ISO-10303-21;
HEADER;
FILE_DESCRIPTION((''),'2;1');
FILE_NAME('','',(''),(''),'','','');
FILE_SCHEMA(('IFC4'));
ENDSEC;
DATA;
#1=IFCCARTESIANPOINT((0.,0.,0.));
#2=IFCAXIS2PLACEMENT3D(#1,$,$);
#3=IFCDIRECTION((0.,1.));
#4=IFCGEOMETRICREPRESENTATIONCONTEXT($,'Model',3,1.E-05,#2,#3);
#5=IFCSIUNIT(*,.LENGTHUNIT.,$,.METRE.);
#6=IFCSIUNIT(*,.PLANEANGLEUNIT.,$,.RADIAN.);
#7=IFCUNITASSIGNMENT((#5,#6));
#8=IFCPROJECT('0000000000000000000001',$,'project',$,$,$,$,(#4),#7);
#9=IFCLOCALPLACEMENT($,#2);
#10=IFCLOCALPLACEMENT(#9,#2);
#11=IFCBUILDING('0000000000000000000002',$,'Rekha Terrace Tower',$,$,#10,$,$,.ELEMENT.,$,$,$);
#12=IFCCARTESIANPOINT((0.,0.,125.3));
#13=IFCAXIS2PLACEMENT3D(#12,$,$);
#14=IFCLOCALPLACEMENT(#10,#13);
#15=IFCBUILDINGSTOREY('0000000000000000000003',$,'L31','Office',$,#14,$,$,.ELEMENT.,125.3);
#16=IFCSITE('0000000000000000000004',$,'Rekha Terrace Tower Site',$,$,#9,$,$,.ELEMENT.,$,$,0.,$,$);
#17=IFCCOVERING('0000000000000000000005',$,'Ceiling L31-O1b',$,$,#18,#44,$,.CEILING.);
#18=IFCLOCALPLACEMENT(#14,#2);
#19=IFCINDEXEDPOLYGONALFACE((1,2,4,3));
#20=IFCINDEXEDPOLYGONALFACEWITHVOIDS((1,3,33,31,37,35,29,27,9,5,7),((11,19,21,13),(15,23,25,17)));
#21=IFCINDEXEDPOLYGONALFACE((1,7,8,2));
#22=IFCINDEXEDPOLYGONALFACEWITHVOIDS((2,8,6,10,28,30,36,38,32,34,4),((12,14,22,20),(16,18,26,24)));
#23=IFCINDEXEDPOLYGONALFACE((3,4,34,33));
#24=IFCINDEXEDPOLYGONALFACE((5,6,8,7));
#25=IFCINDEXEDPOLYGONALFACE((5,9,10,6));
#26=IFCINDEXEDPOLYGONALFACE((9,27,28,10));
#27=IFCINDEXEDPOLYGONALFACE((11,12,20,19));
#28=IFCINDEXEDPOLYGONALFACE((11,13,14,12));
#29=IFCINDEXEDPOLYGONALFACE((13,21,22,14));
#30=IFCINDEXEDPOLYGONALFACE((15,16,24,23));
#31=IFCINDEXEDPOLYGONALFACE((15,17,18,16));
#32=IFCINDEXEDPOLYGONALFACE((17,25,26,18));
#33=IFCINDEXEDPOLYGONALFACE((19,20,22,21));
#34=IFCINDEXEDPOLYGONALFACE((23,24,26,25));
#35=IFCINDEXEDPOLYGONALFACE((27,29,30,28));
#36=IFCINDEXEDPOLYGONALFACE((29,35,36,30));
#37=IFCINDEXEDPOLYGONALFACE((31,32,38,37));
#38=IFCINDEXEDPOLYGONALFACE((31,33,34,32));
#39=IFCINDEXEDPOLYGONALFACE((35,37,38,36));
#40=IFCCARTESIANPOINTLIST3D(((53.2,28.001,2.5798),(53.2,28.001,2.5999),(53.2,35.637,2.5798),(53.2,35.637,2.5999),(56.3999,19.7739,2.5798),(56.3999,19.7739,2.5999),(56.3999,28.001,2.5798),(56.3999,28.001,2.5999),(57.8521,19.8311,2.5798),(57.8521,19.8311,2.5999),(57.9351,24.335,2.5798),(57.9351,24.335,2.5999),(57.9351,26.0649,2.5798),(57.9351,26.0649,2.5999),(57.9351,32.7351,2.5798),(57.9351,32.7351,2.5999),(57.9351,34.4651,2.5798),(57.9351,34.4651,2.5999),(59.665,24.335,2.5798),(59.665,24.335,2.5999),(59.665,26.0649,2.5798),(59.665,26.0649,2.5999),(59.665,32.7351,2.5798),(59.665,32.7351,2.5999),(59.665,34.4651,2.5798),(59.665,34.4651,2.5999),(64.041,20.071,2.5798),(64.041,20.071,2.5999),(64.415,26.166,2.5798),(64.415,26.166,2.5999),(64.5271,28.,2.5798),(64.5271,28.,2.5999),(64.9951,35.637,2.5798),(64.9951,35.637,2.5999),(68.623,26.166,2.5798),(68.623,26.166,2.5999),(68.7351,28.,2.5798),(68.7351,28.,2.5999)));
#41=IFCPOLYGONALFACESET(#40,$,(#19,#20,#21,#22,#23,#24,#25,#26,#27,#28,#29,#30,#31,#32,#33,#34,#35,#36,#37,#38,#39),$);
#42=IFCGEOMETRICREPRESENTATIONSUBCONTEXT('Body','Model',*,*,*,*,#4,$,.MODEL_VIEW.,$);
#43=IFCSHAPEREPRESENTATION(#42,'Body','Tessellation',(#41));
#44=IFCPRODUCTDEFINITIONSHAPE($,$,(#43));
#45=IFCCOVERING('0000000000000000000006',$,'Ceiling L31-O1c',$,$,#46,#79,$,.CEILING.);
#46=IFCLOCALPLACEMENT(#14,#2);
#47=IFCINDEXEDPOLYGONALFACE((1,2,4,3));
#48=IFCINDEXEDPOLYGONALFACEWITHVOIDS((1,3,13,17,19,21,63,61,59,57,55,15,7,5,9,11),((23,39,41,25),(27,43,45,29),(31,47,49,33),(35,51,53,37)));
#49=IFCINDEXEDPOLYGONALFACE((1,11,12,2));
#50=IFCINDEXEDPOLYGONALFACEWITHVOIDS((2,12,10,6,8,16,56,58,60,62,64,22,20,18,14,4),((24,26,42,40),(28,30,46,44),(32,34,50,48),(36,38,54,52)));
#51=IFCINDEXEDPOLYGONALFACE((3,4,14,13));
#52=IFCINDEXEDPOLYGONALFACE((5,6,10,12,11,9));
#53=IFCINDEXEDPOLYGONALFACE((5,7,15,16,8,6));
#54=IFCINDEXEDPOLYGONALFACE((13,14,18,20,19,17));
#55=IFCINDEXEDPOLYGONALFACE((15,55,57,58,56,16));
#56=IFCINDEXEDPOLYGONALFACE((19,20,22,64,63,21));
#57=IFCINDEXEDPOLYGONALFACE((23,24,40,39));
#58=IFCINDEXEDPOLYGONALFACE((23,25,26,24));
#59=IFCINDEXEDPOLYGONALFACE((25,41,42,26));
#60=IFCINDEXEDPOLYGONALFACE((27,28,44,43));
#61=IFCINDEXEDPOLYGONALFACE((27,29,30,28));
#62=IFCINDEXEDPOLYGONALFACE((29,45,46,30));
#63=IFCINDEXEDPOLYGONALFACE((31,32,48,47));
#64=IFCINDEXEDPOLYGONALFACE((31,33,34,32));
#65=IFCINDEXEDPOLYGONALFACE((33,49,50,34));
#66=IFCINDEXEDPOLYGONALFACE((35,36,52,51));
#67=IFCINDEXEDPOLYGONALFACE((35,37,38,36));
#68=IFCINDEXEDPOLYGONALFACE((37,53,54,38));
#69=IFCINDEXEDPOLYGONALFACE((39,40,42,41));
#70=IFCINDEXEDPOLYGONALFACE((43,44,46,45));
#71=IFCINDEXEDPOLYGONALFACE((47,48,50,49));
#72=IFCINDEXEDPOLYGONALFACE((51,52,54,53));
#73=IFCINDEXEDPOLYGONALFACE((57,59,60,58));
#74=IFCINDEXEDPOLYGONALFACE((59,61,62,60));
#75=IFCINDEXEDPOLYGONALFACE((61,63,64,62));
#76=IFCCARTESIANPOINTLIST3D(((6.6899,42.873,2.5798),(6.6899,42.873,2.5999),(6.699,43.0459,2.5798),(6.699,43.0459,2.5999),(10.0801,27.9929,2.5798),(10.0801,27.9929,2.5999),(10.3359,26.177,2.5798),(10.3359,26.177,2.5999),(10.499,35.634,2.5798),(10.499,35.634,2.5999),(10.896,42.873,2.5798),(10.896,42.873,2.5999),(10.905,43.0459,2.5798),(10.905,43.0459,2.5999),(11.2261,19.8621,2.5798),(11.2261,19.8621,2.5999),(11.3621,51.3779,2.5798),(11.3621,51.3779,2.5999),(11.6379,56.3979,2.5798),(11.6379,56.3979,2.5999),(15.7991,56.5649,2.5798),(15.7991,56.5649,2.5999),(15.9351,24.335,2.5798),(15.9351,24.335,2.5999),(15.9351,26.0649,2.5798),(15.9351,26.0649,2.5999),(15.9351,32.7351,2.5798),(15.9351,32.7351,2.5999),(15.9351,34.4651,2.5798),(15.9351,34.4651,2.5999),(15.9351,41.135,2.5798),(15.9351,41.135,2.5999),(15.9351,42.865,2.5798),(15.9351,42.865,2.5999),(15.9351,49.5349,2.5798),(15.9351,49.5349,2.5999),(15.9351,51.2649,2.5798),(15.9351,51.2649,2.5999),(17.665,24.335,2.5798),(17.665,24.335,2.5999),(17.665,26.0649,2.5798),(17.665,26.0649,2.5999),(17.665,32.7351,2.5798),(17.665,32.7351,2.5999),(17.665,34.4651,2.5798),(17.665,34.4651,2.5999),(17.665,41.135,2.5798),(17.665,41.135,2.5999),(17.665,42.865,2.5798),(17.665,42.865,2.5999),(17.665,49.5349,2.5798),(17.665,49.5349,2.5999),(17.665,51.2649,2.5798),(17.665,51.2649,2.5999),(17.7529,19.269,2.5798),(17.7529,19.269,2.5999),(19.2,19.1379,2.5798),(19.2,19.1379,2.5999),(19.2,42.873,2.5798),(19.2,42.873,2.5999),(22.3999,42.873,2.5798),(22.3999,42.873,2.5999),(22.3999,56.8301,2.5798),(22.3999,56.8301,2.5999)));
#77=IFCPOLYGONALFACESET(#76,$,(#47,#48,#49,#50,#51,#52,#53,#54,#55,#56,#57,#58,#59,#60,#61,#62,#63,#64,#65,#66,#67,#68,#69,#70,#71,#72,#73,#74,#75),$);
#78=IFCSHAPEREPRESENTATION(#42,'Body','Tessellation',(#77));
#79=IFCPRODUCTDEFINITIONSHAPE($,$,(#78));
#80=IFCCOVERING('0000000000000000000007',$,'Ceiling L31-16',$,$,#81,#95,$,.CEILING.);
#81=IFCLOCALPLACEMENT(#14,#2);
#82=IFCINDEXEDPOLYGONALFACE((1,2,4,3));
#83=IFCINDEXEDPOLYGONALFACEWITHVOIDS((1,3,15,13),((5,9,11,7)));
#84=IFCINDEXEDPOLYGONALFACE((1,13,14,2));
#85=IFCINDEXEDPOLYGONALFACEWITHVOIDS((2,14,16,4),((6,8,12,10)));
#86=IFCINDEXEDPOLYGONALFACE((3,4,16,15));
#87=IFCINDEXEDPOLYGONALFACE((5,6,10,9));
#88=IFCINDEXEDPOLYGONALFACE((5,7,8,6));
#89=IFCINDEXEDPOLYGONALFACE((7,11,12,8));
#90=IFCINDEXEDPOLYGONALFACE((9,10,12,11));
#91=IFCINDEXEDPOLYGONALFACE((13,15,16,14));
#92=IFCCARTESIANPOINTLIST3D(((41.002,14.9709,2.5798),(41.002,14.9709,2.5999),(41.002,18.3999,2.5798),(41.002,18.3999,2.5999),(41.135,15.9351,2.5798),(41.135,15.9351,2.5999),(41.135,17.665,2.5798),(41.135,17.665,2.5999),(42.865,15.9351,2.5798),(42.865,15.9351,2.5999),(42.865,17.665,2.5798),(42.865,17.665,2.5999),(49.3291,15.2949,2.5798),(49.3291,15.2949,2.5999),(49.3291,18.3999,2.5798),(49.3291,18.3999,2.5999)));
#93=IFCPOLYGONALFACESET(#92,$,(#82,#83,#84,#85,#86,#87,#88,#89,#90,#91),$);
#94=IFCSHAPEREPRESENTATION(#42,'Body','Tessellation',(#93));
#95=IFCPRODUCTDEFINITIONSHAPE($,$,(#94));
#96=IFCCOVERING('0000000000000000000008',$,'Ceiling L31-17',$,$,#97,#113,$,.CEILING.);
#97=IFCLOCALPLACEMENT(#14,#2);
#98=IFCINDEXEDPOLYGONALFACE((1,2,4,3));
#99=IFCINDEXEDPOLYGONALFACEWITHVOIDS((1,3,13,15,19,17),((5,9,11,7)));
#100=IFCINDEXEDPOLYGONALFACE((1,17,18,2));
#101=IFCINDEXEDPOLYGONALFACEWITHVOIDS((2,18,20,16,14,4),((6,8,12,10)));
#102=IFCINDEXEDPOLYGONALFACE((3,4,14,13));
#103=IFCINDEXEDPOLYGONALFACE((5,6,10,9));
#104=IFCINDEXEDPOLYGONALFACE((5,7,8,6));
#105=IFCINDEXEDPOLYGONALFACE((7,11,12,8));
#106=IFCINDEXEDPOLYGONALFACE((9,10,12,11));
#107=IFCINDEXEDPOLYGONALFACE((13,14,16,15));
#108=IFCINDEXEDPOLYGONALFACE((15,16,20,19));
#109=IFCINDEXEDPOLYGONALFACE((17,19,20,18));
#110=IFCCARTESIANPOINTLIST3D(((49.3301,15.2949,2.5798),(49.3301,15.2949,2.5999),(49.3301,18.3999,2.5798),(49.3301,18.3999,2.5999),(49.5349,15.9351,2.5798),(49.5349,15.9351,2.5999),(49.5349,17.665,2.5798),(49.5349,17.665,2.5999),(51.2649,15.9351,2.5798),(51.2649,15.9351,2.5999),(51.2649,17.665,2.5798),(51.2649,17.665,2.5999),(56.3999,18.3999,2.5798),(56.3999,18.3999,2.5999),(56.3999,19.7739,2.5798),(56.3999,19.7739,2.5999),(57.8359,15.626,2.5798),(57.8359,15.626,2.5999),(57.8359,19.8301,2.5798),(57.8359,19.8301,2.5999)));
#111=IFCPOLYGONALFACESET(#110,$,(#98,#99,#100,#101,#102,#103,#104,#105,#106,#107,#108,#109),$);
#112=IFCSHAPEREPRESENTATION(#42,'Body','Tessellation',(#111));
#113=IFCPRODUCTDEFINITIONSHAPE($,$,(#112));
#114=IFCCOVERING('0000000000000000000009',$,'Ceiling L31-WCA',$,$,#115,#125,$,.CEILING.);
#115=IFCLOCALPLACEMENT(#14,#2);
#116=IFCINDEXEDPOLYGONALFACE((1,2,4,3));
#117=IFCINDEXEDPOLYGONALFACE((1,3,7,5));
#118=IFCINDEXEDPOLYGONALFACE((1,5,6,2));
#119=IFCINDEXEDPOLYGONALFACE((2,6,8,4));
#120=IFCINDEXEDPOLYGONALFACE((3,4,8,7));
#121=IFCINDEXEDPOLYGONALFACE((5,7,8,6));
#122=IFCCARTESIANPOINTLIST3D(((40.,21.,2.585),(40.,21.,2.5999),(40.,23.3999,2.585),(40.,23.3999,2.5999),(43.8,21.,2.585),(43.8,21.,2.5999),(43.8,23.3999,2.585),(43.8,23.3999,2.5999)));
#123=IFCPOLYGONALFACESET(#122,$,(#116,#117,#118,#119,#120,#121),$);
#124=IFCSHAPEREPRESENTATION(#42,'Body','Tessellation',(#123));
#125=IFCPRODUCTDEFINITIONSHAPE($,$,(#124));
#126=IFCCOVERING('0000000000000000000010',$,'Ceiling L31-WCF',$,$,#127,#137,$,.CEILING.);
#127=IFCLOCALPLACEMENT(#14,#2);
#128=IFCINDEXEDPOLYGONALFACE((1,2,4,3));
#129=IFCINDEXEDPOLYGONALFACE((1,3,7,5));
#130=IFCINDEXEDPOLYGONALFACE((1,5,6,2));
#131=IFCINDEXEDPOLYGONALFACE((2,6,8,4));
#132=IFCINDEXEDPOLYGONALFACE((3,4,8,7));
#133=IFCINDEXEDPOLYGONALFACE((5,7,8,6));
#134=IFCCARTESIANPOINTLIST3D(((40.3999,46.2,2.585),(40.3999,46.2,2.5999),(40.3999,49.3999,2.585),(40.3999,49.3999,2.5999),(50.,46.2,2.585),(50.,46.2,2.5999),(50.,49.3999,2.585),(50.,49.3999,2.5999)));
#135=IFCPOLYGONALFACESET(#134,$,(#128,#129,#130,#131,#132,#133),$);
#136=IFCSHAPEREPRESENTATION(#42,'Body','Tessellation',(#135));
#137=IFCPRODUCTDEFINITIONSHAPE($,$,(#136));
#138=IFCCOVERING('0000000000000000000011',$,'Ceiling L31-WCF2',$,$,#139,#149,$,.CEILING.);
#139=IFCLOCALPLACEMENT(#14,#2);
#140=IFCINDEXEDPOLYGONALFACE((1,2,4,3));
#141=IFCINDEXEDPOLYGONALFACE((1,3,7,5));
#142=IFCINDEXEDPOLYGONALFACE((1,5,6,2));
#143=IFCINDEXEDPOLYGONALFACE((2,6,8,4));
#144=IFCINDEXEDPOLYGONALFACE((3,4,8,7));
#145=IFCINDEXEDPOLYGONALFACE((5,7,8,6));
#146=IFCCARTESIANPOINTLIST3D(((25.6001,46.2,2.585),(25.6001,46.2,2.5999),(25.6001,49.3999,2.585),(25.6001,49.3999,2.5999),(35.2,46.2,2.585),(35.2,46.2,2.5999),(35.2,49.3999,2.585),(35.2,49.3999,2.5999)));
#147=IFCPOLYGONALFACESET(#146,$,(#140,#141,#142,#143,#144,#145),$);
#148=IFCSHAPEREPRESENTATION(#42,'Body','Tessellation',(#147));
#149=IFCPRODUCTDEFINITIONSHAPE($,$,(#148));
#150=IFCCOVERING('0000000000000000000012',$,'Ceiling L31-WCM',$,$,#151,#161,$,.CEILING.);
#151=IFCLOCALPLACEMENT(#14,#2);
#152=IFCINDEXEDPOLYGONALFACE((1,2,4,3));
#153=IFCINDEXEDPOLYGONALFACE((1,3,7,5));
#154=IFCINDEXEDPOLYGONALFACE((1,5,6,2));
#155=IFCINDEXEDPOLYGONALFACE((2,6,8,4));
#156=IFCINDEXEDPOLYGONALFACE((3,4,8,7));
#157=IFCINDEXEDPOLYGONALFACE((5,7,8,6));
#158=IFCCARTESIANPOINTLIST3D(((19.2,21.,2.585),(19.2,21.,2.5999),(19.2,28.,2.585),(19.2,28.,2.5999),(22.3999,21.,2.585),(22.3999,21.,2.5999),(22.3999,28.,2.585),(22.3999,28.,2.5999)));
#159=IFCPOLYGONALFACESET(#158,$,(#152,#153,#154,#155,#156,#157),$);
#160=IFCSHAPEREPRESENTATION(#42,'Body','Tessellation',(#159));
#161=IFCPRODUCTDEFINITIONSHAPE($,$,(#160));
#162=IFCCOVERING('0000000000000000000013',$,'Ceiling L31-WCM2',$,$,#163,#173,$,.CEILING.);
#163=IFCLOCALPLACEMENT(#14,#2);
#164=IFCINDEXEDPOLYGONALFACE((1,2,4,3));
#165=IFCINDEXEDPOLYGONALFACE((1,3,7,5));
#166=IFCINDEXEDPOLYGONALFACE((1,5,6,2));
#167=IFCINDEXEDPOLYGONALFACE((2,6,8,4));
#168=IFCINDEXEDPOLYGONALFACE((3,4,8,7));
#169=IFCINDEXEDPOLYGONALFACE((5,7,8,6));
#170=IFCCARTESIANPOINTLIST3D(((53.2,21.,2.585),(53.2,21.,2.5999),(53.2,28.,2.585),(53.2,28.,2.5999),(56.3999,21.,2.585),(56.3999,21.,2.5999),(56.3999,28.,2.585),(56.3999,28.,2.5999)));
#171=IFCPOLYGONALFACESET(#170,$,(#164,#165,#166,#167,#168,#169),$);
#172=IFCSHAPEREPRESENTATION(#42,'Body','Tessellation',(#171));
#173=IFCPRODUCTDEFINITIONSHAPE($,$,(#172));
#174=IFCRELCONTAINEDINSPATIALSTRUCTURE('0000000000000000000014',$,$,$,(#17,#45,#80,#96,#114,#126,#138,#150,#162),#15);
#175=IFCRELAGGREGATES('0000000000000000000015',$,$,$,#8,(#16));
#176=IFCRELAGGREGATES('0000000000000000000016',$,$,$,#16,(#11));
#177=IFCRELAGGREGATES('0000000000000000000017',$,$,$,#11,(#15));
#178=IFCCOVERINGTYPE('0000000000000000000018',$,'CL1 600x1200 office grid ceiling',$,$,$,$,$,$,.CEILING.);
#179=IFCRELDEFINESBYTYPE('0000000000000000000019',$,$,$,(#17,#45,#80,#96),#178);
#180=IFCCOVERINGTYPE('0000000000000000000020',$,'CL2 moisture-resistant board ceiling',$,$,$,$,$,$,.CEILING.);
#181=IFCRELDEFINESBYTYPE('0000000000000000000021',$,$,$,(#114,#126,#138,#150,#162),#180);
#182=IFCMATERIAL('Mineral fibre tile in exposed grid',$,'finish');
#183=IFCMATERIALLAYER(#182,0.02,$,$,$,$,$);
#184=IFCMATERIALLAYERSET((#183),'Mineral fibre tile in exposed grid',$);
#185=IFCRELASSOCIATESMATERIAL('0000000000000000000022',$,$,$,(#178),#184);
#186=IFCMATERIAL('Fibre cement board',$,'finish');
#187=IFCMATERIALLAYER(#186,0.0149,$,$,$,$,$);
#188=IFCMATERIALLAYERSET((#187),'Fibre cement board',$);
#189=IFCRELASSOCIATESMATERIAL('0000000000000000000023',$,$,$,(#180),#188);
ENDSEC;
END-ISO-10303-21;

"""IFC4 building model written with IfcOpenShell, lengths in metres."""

from ifc_helpers import new_model, si_unit, direction, frame, origin, place, context, subcontext, project, spatial, polyline, outline, extrude, material, layer, layer_set, type_object, element, save


model = new_model("IFC4")

# Units and contexts
model_context = context("Model", 3, precision=1e-05, world=origin(), true_north=direction((0.0, 1.0)))
body_context = subcontext(model_context, "Body", "Model", "MODEL_VIEW")
ifc_project = project(units=[si_unit("LENGTHUNIT", "METRE"), si_unit("PLANEANGLEUNIT", "RADIAN")], contexts=[model_context])

# Site, building, storey
site_placement = place(None, origin())
site = spatial("IfcSite", under=ifc_project, at=site_placement, Name="Rekha Terrace Tower Site", CompositionType="ELEMENT", RefElevation=0.0)
building_placement = place(site_placement, origin())
building = spatial("IfcBuilding", under=site, at=building_placement, Name="Rekha Terrace Tower", CompositionType="ELEMENT")
storey_placement = place(building_placement, frame((0.0, 0.0, 125.3)))
storey = spatial("IfcBuildingStorey", under=building, at=storey_placement, Name="L31", Description="Office", CompositionType="ELEMENT", Elevation=125.3)

# Coverings
ifc_material_1 = material(Name="Mineral fibre tile in exposed grid", Category="finish")
ifc_layer_1 = layer(ifc_material_1, 0.02)
ifc_layer_set_1 = layer_set([ifc_layer_1], Name="Mineral fibre tile in exposed grid")
covering_type_1 = type_object("IfcCoveringType", Name="CL1 600x1200 office grid ceiling", PredefinedType="CEILING", material=ifc_layer_set_1)
covering_1_placement = place(storey_placement, frame((0.0, 0.0, 2.5798)))
element("IfcCovering", 1, at=covering_1_placement, inside=storey, type_object=covering_type_1, Name="Ceiling L31-O1b", PredefinedType="CEILING", context=body_context, shape_type="SweptSolid", body=[
    extrude(outline(polyline([(64.9951, 35.637), (53.2, 35.637), (53.2, 28.001), (56.3999, 28.001), (56.3999, 19.7739), (57.8521, 19.8311), (64.041, 20.071), (64.415, 26.166), (68.623, 26.166), (68.7351, 28.0), (64.5271, 28.0), (64.9951, 35.637)]), holes=[polyline([(59.665, 26.0649), (59.665, 24.335), (57.9351, 24.335), (57.9351, 26.0649), (59.665, 26.0649)]), polyline([(59.665, 32.7351), (57.9351, 32.7351), (57.9351, 34.4651), (59.665, 34.4651), (59.665, 32.7351)])]), origin(), (0.0, 0.0, 1.0), 0.02),
])
covering_2_placement = place(storey_placement, frame((0.0, 0.0, 2.5798)))
element("IfcCovering", 2, at=covering_2_placement, inside=storey, type_object=covering_type_1, Name="Ceiling L31-O1c", PredefinedType="CEILING", context=body_context, shape_type="SweptSolid", body=[
    extrude(outline(polyline([(10.0801, 27.9929), (10.3359, 26.177), (11.2261, 19.8621), (17.7529, 19.269), (19.2, 19.1379), (19.2, 42.873), (22.3999, 42.873), (22.3999, 56.8301), (15.7991, 56.5649), (11.6379, 56.3979), (11.3621, 51.3779), (10.905, 43.0459), (6.699, 43.0459), (6.6899, 42.873), (10.896, 42.873), (10.499, 35.634), (10.0801, 27.9929)]), holes=[polyline([(17.665, 26.0649), (17.665, 24.335), (15.9351, 24.335), (15.9351, 26.0649), (17.665, 26.0649)]), polyline([(17.665, 34.4651), (17.665, 32.7351), (15.9351, 32.7351), (15.9351, 34.4651), (17.665, 34.4651)]), polyline([(17.665, 41.135), (15.9351, 41.135), (15.9351, 42.865), (17.665, 42.865), (17.665, 41.135)]), polyline([(17.665, 49.5349), (15.9351, 49.5349), (15.9351, 51.2649), (17.665, 51.2649), (17.665, 49.5349)])]), origin(), (0.0, 0.0, 1.0), 0.02),
])
covering_3_placement = place(storey_placement, frame((0.0, 0.0, 2.5798)))
element("IfcCovering", 3, at=covering_3_placement, inside=storey, type_object=covering_type_1, Name="Ceiling L31-16", PredefinedType="CEILING", context=body_context, shape_type="SweptSolid", body=[
    extrude(outline(polyline([(41.002, 18.3999), (41.002, 14.9709), (49.3291, 15.2949), (49.3291, 18.3999), (41.002, 18.3999)]), holes=[polyline([(42.865, 17.665), (42.865, 15.9351), (41.135, 15.9351), (41.135, 17.665), (42.865, 17.665)])]), origin(), (0.0, 0.0, 1.0), 0.02),
])
covering_4_placement = place(storey_placement, frame((0.0, 0.0, 2.5798)))
element("IfcCovering", 4, at=covering_4_placement, inside=storey, type_object=covering_type_1, Name="Ceiling L31-17", PredefinedType="CEILING", context=body_context, shape_type="SweptSolid", body=[
    extrude(outline(polyline([(57.8359, 15.626), (57.8359, 19.8301), (56.3999, 19.7739), (56.3999, 18.3999), (49.3301, 18.3999), (49.3301, 15.2949), (57.8359, 15.626)]), holes=[polyline([(51.2649, 15.9351), (49.5349, 15.9351), (49.5349, 17.665), (51.2649, 17.665), (51.2649, 15.9351)])]), origin(), (0.0, 0.0, 1.0), 0.02),
])
ifc_material_2 = material(Name="Fibre cement board", Category="finish")
ifc_layer_2 = layer(ifc_material_2, 0.0149)
ifc_layer_set_2 = layer_set([ifc_layer_2], Name="Fibre cement board")
covering_type_2 = type_object("IfcCoveringType", Name="CL2 moisture-resistant board ceiling", PredefinedType="CEILING", material=ifc_layer_set_2)
covering_5_placement = place(storey_placement, frame((0.0, 0.0, 2.585)))
element("IfcCovering", 5, at=covering_5_placement, inside=storey, type_object=covering_type_2, Name="Ceiling L31-WCA", PredefinedType="CEILING", context=body_context, shape_type="SweptSolid", body=[
    extrude(outline(polyline([(43.8, 23.3999), (40.0, 23.3999), (40.0, 21.0), (43.8, 21.0), (43.8, 23.3999)])), origin(), (0.0, 0.0, 1.0), 0.0149),
])
covering_6_placement = place(storey_placement, frame((0.0, 0.0, 2.585)))
element("IfcCovering", 6, at=covering_6_placement, inside=storey, type_object=covering_type_2, Name="Ceiling L31-WCF", PredefinedType="CEILING", context=body_context, shape_type="SweptSolid", body=[
    extrude(outline(polyline([(50.0, 49.3999), (40.3999, 49.3999), (40.3999, 46.2), (50.0, 46.2), (50.0, 49.3999)])), origin(), (0.0, 0.0, 1.0), 0.0149),
])
covering_7_placement = place(storey_placement, frame((0.0, 0.0, 2.585)))
element("IfcCovering", 7, at=covering_7_placement, inside=storey, type_object=covering_type_2, Name="Ceiling L31-WCF2", PredefinedType="CEILING", context=body_context, shape_type="SweptSolid", body=[
    extrude(outline(polyline([(35.2, 49.3999), (25.6001, 49.3999), (25.6001, 46.2), (35.2, 46.2), (35.2, 49.3999)])), origin(), (0.0, 0.0, 1.0), 0.0149),
])
covering_8_placement = place(storey_placement, frame((0.0, 0.0, 2.585)))
element("IfcCovering", 8, at=covering_8_placement, inside=storey, type_object=covering_type_2, Name="Ceiling L31-WCM", PredefinedType="CEILING", context=body_context, shape_type="SweptSolid", body=[
    extrude(outline(polyline([(22.3999, 28.0), (19.2, 28.0), (19.2, 21.0), (22.3999, 21.0), (22.3999, 28.0)])), origin(), (0.0, 0.0, 1.0), 0.0149),
])
covering_9_placement = place(storey_placement, frame((0.0, 0.0, 2.585)))
element("IfcCovering", 9, at=covering_9_placement, inside=storey, type_object=covering_type_2, Name="Ceiling L31-WCM2", PredefinedType="CEILING", context=body_context, shape_type="SweptSolid", body=[
    extrude(outline(polyline([(56.3999, 28.0), (53.2, 28.0), (53.2, 21.0), (56.3999, 21.0), (56.3999, 28.0)])), origin(), (0.0, 0.0, 1.0), 0.0149),
])

save(model, "model.ifc")
